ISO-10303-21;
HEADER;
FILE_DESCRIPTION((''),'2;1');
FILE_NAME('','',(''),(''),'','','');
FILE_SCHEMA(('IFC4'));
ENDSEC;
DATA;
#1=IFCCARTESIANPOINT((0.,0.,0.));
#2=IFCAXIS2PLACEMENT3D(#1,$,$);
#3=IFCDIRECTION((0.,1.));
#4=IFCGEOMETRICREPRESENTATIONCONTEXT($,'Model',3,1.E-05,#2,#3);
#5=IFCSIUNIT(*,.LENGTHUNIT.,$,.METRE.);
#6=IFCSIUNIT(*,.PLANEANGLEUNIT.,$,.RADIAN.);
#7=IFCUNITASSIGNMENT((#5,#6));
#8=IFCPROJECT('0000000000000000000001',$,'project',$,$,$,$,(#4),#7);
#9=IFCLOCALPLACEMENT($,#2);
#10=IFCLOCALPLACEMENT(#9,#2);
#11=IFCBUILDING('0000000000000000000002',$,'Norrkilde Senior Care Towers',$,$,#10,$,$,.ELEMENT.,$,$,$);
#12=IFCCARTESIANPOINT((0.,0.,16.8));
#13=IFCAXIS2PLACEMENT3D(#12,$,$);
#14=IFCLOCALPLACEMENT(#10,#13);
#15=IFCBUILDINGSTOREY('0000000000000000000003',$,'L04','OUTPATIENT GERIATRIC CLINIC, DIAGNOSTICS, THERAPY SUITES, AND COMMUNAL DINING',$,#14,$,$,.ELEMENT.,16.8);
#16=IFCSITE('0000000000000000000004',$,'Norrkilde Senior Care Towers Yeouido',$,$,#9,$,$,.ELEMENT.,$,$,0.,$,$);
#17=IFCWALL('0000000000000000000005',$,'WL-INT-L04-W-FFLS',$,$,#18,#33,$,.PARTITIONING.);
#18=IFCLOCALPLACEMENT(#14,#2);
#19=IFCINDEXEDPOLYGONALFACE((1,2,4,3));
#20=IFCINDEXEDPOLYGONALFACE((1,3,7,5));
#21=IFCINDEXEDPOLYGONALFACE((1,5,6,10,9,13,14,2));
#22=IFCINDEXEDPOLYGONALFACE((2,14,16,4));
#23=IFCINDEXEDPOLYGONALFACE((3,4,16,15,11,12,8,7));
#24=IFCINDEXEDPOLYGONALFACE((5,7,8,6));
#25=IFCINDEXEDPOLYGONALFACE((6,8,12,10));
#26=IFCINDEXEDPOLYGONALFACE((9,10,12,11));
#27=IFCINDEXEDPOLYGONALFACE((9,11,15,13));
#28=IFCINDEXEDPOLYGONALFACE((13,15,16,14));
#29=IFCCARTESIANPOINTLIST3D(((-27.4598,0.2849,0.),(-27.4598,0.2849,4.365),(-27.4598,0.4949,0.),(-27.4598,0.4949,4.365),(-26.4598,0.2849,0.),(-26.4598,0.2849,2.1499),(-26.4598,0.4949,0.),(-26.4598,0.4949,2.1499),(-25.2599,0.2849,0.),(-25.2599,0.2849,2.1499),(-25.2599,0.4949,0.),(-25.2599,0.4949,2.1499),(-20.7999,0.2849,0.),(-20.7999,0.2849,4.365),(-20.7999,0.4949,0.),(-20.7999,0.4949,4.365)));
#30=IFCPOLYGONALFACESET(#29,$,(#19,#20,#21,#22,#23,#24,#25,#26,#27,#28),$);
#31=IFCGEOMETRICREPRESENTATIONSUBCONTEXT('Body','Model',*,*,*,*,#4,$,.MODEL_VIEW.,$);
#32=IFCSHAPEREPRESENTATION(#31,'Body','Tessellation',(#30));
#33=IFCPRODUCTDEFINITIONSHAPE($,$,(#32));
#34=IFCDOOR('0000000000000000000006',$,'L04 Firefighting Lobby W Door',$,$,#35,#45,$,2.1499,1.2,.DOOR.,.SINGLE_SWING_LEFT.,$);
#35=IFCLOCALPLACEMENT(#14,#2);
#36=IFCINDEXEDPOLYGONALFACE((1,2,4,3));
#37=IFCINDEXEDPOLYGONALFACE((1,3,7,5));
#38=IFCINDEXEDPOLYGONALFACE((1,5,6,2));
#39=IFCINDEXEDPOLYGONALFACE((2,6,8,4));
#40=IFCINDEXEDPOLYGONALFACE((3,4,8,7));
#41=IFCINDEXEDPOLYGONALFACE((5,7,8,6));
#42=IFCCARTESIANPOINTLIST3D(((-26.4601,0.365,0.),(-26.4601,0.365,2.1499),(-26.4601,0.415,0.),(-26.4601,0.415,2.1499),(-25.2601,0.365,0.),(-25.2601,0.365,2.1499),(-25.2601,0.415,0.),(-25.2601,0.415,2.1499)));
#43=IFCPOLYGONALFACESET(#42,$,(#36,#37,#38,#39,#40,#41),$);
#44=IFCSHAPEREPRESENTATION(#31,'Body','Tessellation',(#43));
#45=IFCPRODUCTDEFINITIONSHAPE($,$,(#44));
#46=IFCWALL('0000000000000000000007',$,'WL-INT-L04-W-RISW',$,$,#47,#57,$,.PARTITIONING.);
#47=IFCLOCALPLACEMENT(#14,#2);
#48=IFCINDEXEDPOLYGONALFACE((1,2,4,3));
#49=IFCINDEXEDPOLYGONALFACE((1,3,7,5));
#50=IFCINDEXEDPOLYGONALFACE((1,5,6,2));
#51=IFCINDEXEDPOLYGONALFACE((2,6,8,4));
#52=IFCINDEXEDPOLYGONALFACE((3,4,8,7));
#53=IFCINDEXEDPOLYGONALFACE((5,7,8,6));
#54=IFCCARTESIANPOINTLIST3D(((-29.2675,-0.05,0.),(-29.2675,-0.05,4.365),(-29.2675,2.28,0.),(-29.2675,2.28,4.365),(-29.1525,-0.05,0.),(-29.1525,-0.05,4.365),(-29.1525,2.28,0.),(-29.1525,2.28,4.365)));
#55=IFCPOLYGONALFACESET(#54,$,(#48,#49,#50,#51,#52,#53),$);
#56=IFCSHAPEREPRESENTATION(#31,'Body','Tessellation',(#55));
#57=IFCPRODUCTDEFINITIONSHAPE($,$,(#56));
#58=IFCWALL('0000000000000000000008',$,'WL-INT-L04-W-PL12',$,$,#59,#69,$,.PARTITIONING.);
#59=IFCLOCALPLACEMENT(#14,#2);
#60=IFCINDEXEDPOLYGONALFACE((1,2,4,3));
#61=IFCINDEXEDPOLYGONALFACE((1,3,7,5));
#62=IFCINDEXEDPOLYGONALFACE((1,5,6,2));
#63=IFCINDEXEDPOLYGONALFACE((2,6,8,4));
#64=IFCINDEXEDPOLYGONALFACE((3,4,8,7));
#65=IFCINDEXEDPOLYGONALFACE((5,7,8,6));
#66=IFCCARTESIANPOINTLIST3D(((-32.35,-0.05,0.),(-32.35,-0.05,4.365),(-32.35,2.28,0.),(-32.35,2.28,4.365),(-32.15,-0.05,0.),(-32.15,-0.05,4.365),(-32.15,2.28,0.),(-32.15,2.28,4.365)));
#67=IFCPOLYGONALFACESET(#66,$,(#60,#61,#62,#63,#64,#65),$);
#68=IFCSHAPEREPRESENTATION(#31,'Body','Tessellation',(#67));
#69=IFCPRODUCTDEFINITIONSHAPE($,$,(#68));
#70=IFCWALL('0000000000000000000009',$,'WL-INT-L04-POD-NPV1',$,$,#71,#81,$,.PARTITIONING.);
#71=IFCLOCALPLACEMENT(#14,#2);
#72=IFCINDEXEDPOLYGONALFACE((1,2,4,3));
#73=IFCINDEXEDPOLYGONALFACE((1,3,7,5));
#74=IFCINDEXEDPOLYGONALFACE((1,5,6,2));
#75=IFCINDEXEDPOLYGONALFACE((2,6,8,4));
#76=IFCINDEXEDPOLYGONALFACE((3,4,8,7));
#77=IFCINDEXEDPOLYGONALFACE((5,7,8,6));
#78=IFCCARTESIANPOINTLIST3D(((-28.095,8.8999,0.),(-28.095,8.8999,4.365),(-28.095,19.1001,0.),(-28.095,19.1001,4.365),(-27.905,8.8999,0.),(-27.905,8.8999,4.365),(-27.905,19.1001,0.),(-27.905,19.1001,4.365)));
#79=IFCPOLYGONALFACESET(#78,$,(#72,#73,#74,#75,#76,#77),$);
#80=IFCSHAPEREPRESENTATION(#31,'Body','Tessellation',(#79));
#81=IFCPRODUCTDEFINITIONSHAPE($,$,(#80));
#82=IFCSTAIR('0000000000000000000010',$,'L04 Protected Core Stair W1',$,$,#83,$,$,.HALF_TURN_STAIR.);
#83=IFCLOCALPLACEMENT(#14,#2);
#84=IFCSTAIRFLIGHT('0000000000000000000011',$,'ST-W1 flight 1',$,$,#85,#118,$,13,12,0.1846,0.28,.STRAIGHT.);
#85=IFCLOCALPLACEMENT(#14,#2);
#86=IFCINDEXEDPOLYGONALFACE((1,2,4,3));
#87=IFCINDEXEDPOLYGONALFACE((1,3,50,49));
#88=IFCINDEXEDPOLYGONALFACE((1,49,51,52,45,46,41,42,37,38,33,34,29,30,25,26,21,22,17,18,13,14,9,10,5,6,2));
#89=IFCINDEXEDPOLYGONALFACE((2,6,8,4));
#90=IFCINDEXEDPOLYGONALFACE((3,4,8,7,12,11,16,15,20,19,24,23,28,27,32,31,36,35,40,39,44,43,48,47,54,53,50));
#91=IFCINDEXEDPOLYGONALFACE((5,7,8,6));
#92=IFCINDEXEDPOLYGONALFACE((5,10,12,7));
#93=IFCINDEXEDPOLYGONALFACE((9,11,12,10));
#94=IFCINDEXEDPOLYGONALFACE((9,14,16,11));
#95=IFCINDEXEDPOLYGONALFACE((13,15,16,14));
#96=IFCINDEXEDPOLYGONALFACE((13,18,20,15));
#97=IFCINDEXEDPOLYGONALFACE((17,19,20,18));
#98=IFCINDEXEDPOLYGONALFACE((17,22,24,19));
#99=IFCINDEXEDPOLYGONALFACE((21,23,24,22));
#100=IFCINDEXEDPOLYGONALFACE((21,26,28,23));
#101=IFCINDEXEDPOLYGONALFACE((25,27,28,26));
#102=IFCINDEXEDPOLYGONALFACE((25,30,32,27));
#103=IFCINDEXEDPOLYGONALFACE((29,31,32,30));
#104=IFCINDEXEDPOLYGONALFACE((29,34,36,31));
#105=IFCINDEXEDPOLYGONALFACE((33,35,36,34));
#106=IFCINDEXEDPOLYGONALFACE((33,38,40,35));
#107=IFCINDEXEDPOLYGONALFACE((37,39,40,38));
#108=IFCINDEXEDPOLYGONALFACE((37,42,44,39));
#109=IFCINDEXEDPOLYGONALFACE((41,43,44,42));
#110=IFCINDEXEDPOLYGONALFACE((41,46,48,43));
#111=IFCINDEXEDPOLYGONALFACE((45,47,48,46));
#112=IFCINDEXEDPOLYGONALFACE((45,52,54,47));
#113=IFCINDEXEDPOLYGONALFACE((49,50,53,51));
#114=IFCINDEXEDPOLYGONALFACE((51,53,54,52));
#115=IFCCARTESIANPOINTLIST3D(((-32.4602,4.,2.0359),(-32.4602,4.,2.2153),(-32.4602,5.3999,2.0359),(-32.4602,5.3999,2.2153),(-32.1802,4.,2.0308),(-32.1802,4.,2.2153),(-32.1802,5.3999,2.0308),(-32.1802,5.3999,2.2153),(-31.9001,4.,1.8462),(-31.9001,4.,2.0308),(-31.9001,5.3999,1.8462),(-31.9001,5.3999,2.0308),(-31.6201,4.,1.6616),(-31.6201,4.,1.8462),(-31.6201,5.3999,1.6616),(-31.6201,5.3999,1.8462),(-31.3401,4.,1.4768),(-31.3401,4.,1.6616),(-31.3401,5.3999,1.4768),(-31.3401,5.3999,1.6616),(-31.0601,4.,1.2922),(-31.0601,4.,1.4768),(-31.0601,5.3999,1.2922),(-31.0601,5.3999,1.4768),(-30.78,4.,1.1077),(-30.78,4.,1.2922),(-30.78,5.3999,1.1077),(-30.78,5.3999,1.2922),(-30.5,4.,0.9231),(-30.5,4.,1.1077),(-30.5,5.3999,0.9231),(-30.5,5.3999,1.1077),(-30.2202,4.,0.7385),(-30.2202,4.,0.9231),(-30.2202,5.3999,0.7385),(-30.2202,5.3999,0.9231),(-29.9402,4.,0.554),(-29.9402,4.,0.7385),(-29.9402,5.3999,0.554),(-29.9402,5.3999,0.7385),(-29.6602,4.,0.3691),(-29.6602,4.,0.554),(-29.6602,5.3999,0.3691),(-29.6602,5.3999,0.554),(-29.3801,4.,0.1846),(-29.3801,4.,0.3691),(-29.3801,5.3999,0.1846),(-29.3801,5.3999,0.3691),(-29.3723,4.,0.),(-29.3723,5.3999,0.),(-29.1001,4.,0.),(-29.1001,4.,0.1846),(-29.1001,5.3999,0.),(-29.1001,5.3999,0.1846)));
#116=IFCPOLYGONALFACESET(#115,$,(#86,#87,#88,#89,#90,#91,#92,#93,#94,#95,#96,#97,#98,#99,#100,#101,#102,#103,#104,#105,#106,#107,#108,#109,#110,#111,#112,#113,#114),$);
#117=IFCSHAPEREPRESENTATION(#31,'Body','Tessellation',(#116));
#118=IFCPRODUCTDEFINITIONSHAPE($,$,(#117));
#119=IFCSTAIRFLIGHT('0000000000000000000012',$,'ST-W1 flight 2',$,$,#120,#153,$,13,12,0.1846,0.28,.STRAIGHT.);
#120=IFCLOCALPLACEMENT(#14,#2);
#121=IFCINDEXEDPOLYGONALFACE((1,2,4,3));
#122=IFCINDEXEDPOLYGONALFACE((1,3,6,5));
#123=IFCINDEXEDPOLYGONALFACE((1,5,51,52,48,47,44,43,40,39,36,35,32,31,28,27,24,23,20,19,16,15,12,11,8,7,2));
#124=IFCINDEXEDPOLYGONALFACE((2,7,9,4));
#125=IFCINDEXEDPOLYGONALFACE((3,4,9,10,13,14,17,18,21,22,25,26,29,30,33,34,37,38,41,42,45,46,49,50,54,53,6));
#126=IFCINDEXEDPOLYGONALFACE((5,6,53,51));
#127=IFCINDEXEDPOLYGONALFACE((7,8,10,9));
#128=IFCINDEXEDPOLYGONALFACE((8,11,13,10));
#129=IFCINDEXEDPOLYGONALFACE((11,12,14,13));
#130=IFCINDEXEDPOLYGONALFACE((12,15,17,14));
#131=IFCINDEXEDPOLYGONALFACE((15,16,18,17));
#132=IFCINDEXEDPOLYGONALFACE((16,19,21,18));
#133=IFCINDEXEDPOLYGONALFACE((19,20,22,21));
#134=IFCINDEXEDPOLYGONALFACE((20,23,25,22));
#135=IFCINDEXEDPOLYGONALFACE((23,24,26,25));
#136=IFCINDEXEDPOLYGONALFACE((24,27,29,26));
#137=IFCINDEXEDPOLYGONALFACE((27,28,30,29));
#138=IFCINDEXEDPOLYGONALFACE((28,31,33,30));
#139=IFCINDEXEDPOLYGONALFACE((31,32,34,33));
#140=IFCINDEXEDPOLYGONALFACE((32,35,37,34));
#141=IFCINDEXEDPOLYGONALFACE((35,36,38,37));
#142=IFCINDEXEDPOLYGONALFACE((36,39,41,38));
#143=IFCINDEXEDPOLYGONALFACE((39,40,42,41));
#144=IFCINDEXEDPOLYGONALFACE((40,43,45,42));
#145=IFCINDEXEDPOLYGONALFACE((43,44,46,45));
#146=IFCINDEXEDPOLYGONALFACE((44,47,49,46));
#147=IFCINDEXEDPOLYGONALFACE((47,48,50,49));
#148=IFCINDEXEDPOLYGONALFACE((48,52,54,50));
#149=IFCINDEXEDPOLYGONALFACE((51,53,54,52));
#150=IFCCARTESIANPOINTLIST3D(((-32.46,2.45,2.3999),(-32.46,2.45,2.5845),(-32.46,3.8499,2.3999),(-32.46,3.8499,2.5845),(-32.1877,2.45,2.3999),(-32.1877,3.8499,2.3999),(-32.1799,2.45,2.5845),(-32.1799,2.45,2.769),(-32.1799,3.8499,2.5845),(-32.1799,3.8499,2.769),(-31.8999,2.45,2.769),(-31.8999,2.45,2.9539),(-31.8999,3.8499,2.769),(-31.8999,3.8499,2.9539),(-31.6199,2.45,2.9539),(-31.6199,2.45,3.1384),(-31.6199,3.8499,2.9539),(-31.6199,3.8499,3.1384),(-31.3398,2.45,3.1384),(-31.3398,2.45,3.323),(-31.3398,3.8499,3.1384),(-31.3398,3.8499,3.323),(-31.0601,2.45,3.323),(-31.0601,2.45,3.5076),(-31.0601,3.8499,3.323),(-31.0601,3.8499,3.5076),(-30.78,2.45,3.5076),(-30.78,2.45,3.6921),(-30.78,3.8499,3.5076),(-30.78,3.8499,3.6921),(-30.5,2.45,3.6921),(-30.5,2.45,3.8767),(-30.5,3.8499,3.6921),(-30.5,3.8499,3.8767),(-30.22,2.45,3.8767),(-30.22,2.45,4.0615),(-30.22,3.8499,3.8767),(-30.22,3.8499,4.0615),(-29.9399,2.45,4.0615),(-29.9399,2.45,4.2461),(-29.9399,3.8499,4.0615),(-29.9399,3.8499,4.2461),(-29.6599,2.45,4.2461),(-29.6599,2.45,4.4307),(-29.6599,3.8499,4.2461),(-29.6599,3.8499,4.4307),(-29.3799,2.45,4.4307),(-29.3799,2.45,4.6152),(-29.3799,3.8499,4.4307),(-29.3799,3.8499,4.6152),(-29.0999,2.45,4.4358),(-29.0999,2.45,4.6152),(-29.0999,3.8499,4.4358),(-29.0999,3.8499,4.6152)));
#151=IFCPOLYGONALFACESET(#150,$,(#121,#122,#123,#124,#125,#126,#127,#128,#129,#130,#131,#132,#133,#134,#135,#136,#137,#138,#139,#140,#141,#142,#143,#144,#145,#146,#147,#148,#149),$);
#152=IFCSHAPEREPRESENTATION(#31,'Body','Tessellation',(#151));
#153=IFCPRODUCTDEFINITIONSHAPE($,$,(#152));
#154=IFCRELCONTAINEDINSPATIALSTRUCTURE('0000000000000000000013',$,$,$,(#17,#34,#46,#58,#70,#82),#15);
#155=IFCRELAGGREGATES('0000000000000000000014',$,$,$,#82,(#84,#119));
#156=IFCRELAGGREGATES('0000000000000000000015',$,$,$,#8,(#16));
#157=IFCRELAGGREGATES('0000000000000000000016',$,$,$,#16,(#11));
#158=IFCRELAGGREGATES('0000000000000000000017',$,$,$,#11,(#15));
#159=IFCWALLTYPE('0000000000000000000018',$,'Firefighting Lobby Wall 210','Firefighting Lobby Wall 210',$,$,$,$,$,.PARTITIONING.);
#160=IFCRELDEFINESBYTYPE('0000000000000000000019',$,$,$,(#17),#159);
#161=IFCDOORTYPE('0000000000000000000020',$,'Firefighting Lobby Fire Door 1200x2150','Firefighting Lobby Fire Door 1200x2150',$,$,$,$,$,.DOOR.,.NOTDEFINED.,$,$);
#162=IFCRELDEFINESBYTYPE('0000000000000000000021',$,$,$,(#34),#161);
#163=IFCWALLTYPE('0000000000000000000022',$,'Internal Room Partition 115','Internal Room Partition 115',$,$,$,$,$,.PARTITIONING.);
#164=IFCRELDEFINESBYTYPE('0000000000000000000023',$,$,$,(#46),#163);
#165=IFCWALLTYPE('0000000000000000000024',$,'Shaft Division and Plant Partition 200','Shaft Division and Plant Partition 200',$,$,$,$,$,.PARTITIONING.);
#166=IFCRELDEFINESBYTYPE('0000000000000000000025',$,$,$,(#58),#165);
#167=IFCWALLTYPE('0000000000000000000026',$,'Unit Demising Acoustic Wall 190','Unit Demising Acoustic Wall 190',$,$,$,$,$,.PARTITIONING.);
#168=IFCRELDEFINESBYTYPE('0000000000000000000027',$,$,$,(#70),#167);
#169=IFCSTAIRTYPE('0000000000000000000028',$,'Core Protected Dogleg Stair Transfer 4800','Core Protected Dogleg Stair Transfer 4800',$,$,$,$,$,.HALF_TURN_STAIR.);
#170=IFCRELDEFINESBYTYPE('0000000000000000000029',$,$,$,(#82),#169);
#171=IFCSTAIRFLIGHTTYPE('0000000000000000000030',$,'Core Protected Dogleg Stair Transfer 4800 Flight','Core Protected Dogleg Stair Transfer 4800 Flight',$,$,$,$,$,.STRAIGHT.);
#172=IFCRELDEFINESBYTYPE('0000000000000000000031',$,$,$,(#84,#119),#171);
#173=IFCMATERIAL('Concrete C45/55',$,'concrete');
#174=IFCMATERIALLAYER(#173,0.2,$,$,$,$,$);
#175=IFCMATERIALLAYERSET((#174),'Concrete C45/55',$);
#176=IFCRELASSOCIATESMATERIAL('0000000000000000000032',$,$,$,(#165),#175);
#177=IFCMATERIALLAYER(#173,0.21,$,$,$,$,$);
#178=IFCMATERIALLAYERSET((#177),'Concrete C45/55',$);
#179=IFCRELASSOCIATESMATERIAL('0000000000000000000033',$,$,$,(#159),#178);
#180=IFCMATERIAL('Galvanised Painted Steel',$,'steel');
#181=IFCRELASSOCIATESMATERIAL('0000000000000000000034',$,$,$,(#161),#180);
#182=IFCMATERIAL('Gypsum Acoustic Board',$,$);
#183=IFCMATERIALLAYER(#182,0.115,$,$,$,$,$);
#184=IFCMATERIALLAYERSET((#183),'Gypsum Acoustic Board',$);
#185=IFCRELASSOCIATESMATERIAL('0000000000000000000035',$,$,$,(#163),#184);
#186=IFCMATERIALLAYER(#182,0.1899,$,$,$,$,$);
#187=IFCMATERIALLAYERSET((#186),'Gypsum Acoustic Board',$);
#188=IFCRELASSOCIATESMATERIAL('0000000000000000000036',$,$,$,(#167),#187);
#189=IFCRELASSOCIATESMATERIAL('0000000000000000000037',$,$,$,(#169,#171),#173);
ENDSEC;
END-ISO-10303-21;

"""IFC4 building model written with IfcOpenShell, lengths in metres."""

from ifc_helpers import new_model, si_unit, direction, frame, frame_2d, origin, place, context, subcontext, project, spatial, polyline, rectangle, outline, extrude, source, transform, mapped, material, layer, layer_set, type_object, type_shapes, element, fill, aggregate, save


model = new_model("IFC4")

# Units and contexts
model_context = context("Model", 3, precision=1e-05, world=origin(), true_north=direction((0.0, 1.0)))
body_context = subcontext(model_context, "Body", "Model", "MODEL_VIEW")
ifc_project = project(units=[si_unit("LENGTHUNIT", "METRE"), si_unit("PLANEANGLEUNIT", "RADIAN")], contexts=[model_context])

# Site, building, storey
site_placement = place(None, origin())
site = spatial("IfcSite", under=ifc_project, at=site_placement, Name="Norrkilde Senior Care Towers Yeouido", CompositionType="ELEMENT", RefElevation=0.0)
building_placement = place(site_placement, origin())
building = spatial("IfcBuilding", under=site, at=building_placement, Name="Norrkilde Senior Care Towers", CompositionType="ELEMENT")
storey_placement = place(building_placement, frame((0.0, 0.0, 16.8)))
storey = spatial("IfcBuildingStorey", under=building, at=storey_placement, Name="L04", Description="OUTPATIENT GERIATRIC CLINIC, DIAGNOSTICS, THERAPY SUITES, AND COMMUNAL DINING", CompositionType="ELEMENT", Elevation=16.8)

# Shared definitions
ifc_material_1 = material(Name="Concrete C45/55", Category="concrete")
ifc_material_2 = material(Name="Galvanised Painted Steel", Category="steel")

# Shared definitions
ifc_layer_1 = layer(ifc_material_1, 0.2)
ifc_layer_set_1 = layer_set([ifc_layer_1], Name="Concrete C45/55")
wall_type_1 = type_object("IfcWallType", Name="Shaft Division and Plant Partition 200", Description="Shaft Division and Plant Partition 200", PredefinedType="PARTITIONING", material=ifc_layer_set_1)

# Wall, opening, door
ifc_layer_2 = layer(ifc_material_1, 0.21)
ifc_layer_set_2 = layer_set([ifc_layer_2], Name="Concrete C45/55")
wall_type_2 = type_object("IfcWallType", Name="Firefighting Lobby Wall 210", Description="Firefighting Lobby Wall 210", PredefinedType="PARTITIONING", material=ifc_layer_set_2)
shared_shape_1 = source(origin(), body_context, "Body", "SweptSolid", [
    extrude(rectangle(XDim=6.6599, YDim=0.21, at=frame_2d((3.3301, 0.0))), origin(), (0.0, 0.0, 1.0), 4.365),
])
type_shapes(wall_type_2, [shared_shape_1])
wall_1_placement = place(storey_placement, frame((-27.46, 0.3899, 0.0), z_axis=(0.0, 0.0, 1.0), x_axis=(1.0, 0.0, 0.0)))
wall_1 = element("IfcWall", 1, at=wall_1_placement, inside=storey, type_object=wall_type_2, Name="WL-INT-L04-W-FFLS", PredefinedType="PARTITIONING", context=body_context, shape_type="MappedRepresentation", body=[
    mapped(shared_shape_1, transform((0.0, 0.0, 0.0), x_axis=(1.0, 0.0, 0.0), y_axis=(0.0, 1.0, 0.0), z_axis=(0.0, 0.0, 1.0), scale=1.0)),
])
opening_1_placement = place(wall_1_placement, frame((1.0, 0.0, 0.0)))
opening_1 = element("IfcOpeningElement", 2, at=opening_1_placement, cuts=wall_1, PredefinedType="OPENING", context=body_context, shape_type="SweptSolid", body=[
    extrude(rectangle(XDim=1.2, YDim=2.1499, at=frame_2d((0.6001, 1.075))), frame((0.0, 0.115, 0.0), z_axis=(0.0, -1.0, 0.0), x_axis=(1.0, 0.0, 0.0)), (0.0, 0.0, 1.0), 0.23),
])
door_type_1 = type_object("IfcDoorType", Name="Firefighting Lobby Fire Door 1200x2150", Description="Firefighting Lobby Fire Door 1200x2150", OperationType="NOTDEFINED", PredefinedType="DOOR", material=ifc_material_2)
shared_shape_2 = source(origin(), body_context, "Body", "SweptSolid", [
    extrude(rectangle(XDim=1.2, YDim=2.1499, at=frame_2d((0.6001, 1.075))), frame((0.0, 0.0249, 0.0), z_axis=(0.0, -1.0, 0.0), x_axis=(1.0, 0.0, 0.0)), (0.0, 0.0, 1.0), 0.05),
])
type_shapes(door_type_1, [shared_shape_2])
door_1_placement = place(opening_1_placement, frame((1.2, 0.0, 0.0), z_axis=(0.0, 0.0, 1.0), x_axis=(-1.0, 0.0, 0.0)))
door_1 = element("IfcDoor", 3, at=door_1_placement, inside=storey, type_object=door_type_1, Name="L04 Firefighting Lobby W Door", OperationType="SINGLE_SWING_LEFT", OverallHeight=2.1499, OverallWidth=1.2, PredefinedType="DOOR", context=body_context, shape_type="MappedRepresentation", body=[
    mapped(shared_shape_2, transform((0.0, 0.0, 0.0), x_axis=(1.0, 0.0, 0.0), y_axis=(0.0, 1.0, 0.0), z_axis=(0.0, 0.0, 1.0), scale=1.0)),
])
fill(opening_1, door_1)

# Walls
ifc_material_3 = material(Name="Gypsum Acoustic Board")
ifc_layer_3 = layer(ifc_material_3, 0.115)
ifc_layer_set_3 = layer_set([ifc_layer_3], Name="Gypsum Acoustic Board")
wall_type_3 = type_object("IfcWallType", Name="Internal Room Partition 115", Description="Internal Room Partition 115", PredefinedType="PARTITIONING", material=ifc_layer_set_3)
shared_shape_3 = source(origin(), body_context, "Body", "SweptSolid", [
    extrude(rectangle(XDim=2.3301, YDim=0.115, at=frame_2d((1.165, 0.0))), origin(), (0.0, 0.0, 1.0), 4.365),
])
type_shapes(wall_type_3, [shared_shape_3])
wall_2_placement = place(storey_placement, frame((-29.21, -0.05, 0.0), z_axis=(0.0, 0.0, 1.0), x_axis=(0.0, 1.0, 0.0)))
element("IfcWall", 4, at=wall_2_placement, inside=storey, type_object=wall_type_3, Name="WL-INT-L04-W-RISW", PredefinedType="PARTITIONING", context=body_context, shape_type="MappedRepresentation", body=[
    mapped(shared_shape_3, transform((0.0, 0.0, 0.0), x_axis=(1.0, 0.0, 0.0), y_axis=(0.0, 1.0, 0.0), z_axis=(0.0, 0.0, 1.0), scale=1.0)),
])
shared_shape_4 = source(origin(), body_context, "Body", "SweptSolid", [
    extrude(rectangle(XDim=2.3301, YDim=0.2, at=frame_2d((1.165, 0.0))), origin(), (0.0, 0.0, 1.0), 4.365),
])
wall_3_placement = place(storey_placement, frame((-32.25, -0.05, 0.0), z_axis=(0.0, 0.0, 1.0), x_axis=(0.0, 1.0, 0.0)))
element("IfcWall", 5, at=wall_3_placement, inside=storey, type_object=wall_type_1, Name="WL-INT-L04-W-PL12", PredefinedType="PARTITIONING", context=body_context, shape_type="MappedRepresentation", body=[
    mapped(shared_shape_4, transform((0.0, 0.0, 0.0), x_axis=(1.0, 0.0, 0.0), y_axis=(0.0, 1.0, 0.0), z_axis=(0.0, 0.0, 1.0), scale=1.0)),
])
ifc_layer_4 = layer(ifc_material_3, 0.1899)
ifc_layer_set_4 = layer_set([ifc_layer_4], Name="Gypsum Acoustic Board")
wall_type_4 = type_object("IfcWallType", Name="Unit Demising Acoustic Wall 190", Description="Unit Demising Acoustic Wall 190", PredefinedType="PARTITIONING", material=ifc_layer_set_4)
shared_shape_5 = source(origin(), body_context, "Body", "SweptSolid", [
    extrude(rectangle(XDim=10.2002, YDim=0.1899, at=frame_2d((5.1001, 0.0))), origin(), (0.0, 0.0, 1.0), 4.365),
])
type_shapes(wall_type_4, [shared_shape_5])
wall_4_placement = place(storey_placement, frame((-28.0, 8.8999, 0.0), z_axis=(0.0, 0.0, 1.0), x_axis=(0.0, 1.0, 0.0)))
element("IfcWall", 6, at=wall_4_placement, inside=storey, type_object=wall_type_4, Name="WL-INT-L04-POD-NPV1", PredefinedType="PARTITIONING", context=body_context, shape_type="MappedRepresentation", body=[
    mapped(shared_shape_5, transform((0.0, 0.0, 0.0), x_axis=(1.0, 0.0, 0.0), y_axis=(0.0, 1.0, 0.0), z_axis=(0.0, 0.0, 1.0), scale=1.0)),
])

# Stair, stair flights
stair_type = type_object("IfcStairType", Name="Core Protected Dogleg Stair Transfer 4800", Description="Core Protected Dogleg Stair Transfer 4800", PredefinedType="HALF_TURN_STAIR", material=ifc_material_1)
stair_placement = place(storey_placement, origin())
stair = element("IfcStair", 7, at=stair_placement, inside=storey, type_object=stair_type, Name="L04 Protected Core Stair W1", PredefinedType="HALF_TURN_STAIR")
stair_flight_type = type_object("IfcStairFlightType", Name="Core Protected Dogleg Stair Transfer 4800 Flight", Description="Core Protected Dogleg Stair Transfer 4800 Flight", PredefinedType="STRAIGHT", material=ifc_material_1)
stair_flight_1_placement = place(storey_placement, frame((-29.1001, 4.7, 0.0), z_axis=(0.0, 0.0, 1.0), x_axis=(-1.0, 0.0, 0.0)))
stair_flight_1 = element("IfcStairFlight", 8, at=stair_flight_1_placement, type_object=stair_flight_type, Name="ST-W1 flight 1", NumberOfRisers=13, NumberOfTreads=12, PredefinedType="STRAIGHT", RiserHeight=0.1846, TreadLength=0.28, context=body_context, shape_type="SweptSolid", body=[
    extrude(outline(polyline([(0.0, 0.0), (0.0, 0.1846), (0.28, 0.1846), (0.28, 0.3691), (0.5601, 0.3691), (0.5601, 0.554), (0.8401, 0.554), (0.8401, 0.7385), (1.1201, 0.7385), (1.1201, 0.9231), (1.3999, 0.9231), (1.3999, 1.1077), (1.6799, 1.1077), (1.6799, 1.2922), (1.96, 1.2922), (1.96, 1.4768), (2.24, 1.4768), (2.24, 1.6616), (2.52, 1.6616), (2.52, 1.8462), (2.8, 1.8462), (2.8, 2.0308), (3.0801, 2.0308), (3.0801, 2.2153), (3.3601, 2.2153), (3.3601, 2.3999), (3.3601, 2.0359), (0.2722, 0.0), (0.0, 0.0)])), frame((0.0, 0.7, 0.0), z_axis=(0.0, -1.0, 0.0), x_axis=(1.0, 0.0, 0.0)), (0.0, 0.0, 1.0), 1.3999),
])
stair_flight_2_placement = place(storey_placement, frame((-32.46, 3.1499, 2.3999), z_axis=(0.0, 0.0, 1.0), x_axis=(1.0, 0.0, 0.0)))
stair_flight_2 = element("IfcStairFlight", 9, at=stair_flight_2_placement, type_object=stair_flight_type, Name="ST-W1 flight 2", NumberOfRisers=13, NumberOfTreads=12, PredefinedType="STRAIGHT", RiserHeight=0.1846, TreadLength=0.28, context=body_context, shape_type="SweptSolid", body=[
    extrude(outline(polyline([(0.0, 0.0), (0.0, 0.1846), (0.28, 0.1846), (0.28, 0.3691), (0.5601, 0.3691), (0.5601, 0.554), (0.8401, 0.554), (0.8401, 0.7385), (1.1201, 0.7385), (1.1201, 0.9231), (1.3999, 0.9231), (1.3999, 1.1077), (1.6799, 1.1077), (1.6799, 1.2922), (1.96, 1.2922), (1.96, 1.4768), (2.24, 1.4768), (2.24, 1.6616), (2.52, 1.6616), (2.52, 1.8462), (2.8, 1.8462), (2.8, 2.0308), (3.0801, 2.0308), (3.0801, 2.2153), (3.3601, 2.2153), (3.3601, 2.3999), (3.3601, 2.0359), (0.2722, 0.0), (0.0, 0.0)])), frame((0.0, 0.7, 0.0), z_axis=(0.0, -1.0, 0.0), x_axis=(1.0, 0.0, 0.0)), (0.0, 0.0, 1.0), 1.3999),
])
aggregate(stair, [stair_flight_1, stair_flight_2])

save(model, "model.ifc")
